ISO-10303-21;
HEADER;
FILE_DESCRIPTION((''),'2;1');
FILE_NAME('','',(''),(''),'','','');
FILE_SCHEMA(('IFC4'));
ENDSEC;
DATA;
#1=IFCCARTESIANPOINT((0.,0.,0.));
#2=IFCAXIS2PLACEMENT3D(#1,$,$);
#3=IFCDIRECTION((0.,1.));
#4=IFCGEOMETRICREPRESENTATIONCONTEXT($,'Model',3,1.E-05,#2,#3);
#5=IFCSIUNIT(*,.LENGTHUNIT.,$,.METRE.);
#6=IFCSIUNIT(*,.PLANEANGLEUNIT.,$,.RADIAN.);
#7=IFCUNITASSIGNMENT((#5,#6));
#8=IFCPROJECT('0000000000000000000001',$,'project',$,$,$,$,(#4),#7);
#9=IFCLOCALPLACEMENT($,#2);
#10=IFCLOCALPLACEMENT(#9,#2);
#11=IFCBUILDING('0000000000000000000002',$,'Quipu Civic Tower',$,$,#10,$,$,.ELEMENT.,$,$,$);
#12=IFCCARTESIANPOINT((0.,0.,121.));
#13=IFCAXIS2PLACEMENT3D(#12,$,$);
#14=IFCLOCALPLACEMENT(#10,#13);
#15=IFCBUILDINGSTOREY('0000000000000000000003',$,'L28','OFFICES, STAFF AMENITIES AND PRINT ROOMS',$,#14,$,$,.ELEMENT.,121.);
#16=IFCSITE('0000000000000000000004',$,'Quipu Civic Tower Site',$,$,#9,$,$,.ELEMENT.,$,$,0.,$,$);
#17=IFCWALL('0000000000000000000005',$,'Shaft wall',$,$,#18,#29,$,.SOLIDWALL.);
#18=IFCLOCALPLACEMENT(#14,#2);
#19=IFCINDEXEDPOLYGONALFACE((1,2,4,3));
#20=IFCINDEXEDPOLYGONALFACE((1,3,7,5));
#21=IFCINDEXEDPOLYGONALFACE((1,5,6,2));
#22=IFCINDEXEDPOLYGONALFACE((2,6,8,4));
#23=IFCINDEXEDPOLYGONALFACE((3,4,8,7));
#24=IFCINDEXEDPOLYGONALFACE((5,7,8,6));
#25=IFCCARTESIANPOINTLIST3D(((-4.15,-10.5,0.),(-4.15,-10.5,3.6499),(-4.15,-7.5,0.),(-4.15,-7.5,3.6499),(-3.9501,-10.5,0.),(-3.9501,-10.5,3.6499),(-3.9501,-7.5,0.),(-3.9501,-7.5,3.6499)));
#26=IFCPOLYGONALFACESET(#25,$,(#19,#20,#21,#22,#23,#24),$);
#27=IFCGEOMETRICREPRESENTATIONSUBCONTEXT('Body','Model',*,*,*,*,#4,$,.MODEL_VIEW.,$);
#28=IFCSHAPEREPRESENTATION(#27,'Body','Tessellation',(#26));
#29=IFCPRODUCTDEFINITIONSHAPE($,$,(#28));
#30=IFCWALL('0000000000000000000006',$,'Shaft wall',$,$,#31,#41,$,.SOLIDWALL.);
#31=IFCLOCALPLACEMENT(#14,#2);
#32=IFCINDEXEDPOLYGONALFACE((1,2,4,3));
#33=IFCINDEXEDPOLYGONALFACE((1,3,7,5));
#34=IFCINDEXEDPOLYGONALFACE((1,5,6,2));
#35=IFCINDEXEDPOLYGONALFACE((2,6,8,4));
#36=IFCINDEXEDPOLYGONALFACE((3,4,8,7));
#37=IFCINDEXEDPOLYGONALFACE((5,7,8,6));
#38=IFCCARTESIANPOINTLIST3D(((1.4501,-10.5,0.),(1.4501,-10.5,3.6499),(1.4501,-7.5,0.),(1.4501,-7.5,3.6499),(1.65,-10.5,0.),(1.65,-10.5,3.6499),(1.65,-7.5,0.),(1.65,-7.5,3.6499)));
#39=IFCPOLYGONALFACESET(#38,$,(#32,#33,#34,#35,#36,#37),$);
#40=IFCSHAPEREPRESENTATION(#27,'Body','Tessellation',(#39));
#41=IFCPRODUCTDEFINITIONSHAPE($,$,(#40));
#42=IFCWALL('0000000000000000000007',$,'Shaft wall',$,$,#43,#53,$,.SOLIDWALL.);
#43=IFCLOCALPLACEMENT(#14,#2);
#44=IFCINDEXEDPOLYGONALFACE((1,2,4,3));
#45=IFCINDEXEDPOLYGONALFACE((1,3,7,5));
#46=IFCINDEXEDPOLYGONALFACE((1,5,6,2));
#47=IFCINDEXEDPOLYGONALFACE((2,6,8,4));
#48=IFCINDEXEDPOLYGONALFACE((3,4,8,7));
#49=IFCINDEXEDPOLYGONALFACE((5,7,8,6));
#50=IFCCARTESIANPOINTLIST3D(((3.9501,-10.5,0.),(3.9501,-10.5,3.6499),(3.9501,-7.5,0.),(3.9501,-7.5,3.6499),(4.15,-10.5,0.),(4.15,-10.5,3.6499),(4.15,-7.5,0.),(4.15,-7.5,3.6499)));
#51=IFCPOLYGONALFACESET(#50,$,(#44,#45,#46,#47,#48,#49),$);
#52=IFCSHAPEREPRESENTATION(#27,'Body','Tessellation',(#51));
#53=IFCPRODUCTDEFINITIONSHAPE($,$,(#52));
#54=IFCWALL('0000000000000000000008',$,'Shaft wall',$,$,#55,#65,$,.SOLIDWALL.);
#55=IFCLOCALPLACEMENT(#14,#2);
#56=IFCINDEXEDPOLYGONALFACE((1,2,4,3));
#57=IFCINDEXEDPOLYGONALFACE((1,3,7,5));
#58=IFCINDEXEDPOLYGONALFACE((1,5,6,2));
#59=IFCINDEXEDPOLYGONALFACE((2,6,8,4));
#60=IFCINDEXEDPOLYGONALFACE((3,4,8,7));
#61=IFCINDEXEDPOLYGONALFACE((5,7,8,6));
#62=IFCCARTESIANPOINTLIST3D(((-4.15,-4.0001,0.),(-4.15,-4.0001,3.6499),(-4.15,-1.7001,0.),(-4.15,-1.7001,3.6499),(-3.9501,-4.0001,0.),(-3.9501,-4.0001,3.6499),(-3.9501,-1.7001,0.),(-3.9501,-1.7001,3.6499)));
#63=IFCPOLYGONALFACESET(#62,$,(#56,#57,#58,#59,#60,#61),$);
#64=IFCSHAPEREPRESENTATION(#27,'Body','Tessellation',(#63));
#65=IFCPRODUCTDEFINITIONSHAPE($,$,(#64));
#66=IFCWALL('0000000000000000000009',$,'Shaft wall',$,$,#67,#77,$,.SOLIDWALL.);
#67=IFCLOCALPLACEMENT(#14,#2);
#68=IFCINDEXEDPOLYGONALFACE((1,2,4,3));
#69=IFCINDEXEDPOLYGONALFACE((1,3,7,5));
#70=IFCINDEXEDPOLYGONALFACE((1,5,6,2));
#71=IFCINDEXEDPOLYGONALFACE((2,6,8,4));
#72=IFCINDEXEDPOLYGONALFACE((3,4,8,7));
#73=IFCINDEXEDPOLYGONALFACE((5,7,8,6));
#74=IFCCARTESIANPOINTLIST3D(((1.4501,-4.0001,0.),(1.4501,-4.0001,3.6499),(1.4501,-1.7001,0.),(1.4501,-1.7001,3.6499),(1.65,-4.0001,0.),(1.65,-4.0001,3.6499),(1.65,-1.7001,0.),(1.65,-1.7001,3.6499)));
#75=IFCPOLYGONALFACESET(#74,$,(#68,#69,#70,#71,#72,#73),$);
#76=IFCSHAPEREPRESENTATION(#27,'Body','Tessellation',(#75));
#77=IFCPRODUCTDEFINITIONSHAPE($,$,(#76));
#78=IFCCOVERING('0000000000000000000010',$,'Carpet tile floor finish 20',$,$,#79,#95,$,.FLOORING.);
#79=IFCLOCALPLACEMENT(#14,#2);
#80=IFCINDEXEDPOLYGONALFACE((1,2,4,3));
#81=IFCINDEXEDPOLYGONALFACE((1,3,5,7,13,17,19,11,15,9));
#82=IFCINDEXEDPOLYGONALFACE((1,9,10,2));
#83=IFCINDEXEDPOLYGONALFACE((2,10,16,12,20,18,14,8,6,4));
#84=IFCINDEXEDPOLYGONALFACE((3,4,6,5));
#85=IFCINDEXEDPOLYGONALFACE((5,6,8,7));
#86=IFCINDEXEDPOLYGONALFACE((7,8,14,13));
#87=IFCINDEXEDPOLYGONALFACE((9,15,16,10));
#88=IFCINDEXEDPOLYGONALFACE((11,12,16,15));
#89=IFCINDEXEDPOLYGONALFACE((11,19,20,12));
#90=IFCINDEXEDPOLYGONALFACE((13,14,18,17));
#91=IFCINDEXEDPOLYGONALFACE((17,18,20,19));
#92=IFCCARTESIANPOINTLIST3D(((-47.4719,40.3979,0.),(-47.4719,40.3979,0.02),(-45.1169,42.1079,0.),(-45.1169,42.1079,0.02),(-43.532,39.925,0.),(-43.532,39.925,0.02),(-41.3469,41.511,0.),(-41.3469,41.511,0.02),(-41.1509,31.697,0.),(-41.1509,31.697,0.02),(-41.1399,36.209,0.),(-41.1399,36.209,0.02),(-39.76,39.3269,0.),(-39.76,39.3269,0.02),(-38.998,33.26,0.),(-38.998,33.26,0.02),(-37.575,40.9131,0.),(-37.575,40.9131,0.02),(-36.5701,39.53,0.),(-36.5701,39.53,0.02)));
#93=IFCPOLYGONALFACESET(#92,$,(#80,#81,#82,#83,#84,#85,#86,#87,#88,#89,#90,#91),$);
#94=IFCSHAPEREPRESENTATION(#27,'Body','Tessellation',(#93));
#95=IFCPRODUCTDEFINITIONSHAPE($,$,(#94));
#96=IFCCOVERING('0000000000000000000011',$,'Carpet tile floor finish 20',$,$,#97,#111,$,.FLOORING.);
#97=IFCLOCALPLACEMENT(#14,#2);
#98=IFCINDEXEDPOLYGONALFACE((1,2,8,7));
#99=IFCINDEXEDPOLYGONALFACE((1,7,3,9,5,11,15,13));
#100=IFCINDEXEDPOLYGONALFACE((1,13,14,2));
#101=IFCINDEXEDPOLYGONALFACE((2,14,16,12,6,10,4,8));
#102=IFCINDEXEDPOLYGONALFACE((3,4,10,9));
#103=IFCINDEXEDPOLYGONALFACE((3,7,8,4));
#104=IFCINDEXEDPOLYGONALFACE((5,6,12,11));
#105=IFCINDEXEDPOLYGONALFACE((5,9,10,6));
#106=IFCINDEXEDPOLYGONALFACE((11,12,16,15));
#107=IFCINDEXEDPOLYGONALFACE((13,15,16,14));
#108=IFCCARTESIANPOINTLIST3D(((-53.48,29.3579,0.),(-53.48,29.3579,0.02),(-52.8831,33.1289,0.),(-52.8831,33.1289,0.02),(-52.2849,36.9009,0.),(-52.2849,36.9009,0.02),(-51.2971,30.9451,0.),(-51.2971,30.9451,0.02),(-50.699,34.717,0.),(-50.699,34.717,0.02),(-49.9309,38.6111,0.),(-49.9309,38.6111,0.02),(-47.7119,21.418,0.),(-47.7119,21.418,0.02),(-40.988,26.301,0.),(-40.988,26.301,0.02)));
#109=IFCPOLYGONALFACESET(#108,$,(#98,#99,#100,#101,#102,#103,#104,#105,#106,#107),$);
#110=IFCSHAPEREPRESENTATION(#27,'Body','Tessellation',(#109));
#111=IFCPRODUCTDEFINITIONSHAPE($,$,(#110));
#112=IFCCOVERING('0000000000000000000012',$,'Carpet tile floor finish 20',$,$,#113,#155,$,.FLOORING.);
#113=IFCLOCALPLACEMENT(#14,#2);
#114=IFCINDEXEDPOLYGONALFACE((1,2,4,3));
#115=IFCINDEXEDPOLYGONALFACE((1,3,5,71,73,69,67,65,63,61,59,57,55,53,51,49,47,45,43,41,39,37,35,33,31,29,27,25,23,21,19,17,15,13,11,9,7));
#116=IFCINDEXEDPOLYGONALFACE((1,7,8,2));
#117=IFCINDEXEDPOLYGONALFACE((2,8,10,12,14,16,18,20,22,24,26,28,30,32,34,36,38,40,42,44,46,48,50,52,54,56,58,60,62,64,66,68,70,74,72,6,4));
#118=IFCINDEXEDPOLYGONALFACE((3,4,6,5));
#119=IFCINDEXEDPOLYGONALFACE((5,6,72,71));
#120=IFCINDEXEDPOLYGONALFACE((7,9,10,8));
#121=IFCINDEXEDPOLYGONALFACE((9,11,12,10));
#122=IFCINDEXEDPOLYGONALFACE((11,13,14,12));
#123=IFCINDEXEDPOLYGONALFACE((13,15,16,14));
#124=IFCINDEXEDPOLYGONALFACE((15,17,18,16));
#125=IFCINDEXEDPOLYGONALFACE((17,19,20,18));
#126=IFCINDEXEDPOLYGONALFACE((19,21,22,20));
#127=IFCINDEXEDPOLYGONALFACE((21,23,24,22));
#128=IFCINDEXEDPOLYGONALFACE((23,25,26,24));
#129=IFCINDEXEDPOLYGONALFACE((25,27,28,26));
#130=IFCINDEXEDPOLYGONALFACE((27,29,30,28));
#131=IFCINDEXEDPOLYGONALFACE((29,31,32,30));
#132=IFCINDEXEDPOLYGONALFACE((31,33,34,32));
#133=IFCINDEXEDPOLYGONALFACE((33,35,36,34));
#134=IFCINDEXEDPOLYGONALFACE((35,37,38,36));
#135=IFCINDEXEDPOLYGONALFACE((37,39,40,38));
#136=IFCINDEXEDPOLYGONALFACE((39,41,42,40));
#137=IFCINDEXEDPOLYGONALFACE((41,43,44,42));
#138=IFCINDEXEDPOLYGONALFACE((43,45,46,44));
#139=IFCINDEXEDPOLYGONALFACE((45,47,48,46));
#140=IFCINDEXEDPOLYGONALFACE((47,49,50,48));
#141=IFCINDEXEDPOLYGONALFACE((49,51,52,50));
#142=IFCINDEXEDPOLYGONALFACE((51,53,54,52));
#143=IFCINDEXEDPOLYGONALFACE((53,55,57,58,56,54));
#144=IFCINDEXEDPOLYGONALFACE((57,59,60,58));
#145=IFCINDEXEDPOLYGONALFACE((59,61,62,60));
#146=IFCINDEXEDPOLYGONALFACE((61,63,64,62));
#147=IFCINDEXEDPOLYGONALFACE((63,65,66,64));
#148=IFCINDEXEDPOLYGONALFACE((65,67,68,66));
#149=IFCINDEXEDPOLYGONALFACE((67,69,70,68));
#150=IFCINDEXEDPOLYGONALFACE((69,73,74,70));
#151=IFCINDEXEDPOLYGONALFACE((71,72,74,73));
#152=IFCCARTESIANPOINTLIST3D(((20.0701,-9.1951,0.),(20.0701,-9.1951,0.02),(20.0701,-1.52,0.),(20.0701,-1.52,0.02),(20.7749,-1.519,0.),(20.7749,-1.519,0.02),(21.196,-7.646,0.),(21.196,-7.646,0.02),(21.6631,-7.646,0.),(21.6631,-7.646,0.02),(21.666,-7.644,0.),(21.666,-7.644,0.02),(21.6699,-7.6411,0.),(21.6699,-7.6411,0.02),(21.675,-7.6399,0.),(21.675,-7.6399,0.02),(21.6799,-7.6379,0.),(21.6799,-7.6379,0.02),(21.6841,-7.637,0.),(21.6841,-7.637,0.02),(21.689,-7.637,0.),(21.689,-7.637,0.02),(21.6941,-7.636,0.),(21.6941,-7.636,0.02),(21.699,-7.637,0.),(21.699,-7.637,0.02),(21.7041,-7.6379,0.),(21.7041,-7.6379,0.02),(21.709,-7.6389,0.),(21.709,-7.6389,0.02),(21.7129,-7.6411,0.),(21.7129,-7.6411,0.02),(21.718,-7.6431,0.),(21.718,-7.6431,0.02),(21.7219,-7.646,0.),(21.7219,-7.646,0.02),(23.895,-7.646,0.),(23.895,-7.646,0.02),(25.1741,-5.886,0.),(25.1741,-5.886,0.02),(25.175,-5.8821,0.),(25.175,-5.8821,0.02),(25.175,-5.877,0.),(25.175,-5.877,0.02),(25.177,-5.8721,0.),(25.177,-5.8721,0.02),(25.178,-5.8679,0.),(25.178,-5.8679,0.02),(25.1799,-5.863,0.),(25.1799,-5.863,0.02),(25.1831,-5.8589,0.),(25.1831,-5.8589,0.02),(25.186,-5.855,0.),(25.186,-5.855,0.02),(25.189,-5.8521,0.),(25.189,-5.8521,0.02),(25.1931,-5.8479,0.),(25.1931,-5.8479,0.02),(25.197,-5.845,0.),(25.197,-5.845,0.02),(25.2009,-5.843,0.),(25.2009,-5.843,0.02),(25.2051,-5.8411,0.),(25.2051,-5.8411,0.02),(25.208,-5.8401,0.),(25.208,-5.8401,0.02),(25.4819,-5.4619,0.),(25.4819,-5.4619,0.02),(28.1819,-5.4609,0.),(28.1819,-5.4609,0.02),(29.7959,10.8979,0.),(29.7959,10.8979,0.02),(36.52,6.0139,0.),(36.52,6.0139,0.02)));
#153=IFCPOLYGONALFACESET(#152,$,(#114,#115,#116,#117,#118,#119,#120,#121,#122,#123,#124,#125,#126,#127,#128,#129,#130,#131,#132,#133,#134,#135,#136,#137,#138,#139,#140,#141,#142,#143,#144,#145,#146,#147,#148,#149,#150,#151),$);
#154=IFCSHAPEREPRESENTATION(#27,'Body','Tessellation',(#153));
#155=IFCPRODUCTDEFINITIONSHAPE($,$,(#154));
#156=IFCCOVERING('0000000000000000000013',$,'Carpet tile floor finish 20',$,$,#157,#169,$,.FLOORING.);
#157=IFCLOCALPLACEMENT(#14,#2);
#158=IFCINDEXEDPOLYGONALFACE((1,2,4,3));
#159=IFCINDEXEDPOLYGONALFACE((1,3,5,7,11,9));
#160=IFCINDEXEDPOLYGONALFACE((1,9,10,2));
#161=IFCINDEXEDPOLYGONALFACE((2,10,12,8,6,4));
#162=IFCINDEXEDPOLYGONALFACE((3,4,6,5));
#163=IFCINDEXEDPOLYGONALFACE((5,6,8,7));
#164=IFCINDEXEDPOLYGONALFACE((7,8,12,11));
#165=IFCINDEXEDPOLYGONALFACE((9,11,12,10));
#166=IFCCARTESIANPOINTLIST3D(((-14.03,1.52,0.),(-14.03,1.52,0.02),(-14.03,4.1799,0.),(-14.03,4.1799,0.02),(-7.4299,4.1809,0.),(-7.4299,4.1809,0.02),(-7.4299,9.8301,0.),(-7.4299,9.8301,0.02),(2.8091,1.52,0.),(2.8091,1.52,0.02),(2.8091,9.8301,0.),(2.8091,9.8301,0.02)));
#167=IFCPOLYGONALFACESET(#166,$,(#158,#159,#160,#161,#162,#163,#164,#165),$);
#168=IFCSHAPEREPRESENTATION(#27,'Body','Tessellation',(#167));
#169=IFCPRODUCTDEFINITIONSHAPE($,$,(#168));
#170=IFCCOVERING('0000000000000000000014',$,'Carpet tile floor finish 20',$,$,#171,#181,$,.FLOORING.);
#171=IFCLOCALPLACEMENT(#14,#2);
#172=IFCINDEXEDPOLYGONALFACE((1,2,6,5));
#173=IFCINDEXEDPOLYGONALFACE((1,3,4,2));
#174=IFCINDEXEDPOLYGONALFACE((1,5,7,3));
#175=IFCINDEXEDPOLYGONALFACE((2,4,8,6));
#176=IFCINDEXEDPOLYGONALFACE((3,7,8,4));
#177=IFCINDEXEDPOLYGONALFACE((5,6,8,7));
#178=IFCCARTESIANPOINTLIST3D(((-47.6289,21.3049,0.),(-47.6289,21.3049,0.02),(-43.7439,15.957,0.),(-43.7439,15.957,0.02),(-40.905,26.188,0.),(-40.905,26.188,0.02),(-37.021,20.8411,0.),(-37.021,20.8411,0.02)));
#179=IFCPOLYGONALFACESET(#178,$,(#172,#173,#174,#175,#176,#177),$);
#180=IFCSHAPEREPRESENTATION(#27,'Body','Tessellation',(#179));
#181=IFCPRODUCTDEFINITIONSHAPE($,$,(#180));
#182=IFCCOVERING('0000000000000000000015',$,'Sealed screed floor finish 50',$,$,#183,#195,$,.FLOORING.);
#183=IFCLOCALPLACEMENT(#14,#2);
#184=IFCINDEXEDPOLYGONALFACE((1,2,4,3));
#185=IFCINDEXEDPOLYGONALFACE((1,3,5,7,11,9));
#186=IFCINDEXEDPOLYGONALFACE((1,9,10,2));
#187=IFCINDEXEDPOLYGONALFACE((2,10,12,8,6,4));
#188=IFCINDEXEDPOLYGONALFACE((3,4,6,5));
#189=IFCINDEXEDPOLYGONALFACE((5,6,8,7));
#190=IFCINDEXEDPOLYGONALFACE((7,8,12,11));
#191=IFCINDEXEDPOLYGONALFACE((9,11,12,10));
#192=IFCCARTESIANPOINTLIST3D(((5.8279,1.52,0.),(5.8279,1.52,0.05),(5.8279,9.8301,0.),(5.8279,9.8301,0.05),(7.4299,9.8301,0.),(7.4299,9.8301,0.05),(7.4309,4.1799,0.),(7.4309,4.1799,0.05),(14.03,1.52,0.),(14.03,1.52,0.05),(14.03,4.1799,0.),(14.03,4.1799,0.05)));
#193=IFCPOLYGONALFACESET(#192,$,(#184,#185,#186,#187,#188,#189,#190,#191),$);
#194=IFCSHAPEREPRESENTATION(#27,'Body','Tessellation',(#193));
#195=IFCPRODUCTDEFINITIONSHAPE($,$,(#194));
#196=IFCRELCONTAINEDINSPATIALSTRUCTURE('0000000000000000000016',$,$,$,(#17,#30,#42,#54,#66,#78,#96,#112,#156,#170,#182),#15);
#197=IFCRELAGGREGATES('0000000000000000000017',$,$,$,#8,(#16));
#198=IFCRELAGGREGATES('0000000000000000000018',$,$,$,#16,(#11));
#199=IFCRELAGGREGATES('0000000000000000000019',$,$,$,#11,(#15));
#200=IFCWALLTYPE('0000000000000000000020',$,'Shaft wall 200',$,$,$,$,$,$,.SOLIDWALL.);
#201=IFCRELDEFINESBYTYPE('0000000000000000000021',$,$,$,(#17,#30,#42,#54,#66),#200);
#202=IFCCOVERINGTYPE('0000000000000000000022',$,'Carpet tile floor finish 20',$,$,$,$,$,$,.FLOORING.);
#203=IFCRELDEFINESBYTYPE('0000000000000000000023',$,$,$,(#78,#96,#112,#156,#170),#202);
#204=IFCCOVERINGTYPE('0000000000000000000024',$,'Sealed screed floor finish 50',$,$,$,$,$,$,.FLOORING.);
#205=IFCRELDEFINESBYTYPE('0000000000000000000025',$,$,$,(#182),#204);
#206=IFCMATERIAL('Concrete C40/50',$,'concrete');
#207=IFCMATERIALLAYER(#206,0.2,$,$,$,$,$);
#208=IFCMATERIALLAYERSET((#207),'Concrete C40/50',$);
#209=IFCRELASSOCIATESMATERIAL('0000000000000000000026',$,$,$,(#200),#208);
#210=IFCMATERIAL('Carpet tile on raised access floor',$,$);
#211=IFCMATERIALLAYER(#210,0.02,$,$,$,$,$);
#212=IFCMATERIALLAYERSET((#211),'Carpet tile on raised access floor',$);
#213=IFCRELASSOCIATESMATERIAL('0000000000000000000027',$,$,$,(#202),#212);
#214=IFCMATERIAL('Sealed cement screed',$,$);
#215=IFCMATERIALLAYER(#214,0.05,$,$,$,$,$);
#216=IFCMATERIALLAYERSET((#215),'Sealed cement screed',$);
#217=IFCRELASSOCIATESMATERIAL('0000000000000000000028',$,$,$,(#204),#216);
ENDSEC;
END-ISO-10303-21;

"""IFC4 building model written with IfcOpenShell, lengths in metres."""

from ifc_helpers import new_model, si_unit, direction, frame, frame_2d, origin, place, context, subcontext, project, spatial, polyline, rectangle, outline, extrude, material, layer, layer_set, type_object, element, save


model = new_model("IFC4")

# Units and contexts
model_context = context("Model", 3, precision=1e-05, world=origin(), true_north=direction((0.0, 1.0)))
body_context = subcontext(model_context, "Body", "Model", "MODEL_VIEW")
ifc_project = project(units=[si_unit("LENGTHUNIT", "METRE"), si_unit("PLANEANGLEUNIT", "RADIAN")], contexts=[model_context])

# Site, building, storey
site_placement = place(None, origin())
site = spatial("IfcSite", under=ifc_project, at=site_placement, Name="Quipu Civic Tower Site", CompositionType="ELEMENT", RefElevation=0.0)
building_placement = place(site_placement, origin())
building = spatial("IfcBuilding", under=site, at=building_placement, Name="Quipu Civic Tower", CompositionType="ELEMENT")
storey_placement = place(building_placement, frame((0.0, 0.0, 121.0)))
storey = spatial("IfcBuildingStorey", under=building, at=storey_placement, Name="L28", Description="OFFICES, STAFF AMENITIES AND PRINT ROOMS", CompositionType="ELEMENT", Elevation=121.0)

# Walls
ifc_material_1 = material(Name="Concrete C40/50", Category="concrete")
ifc_layer_1 = layer(ifc_material_1, 0.2)
ifc_layer_set_1 = layer_set([ifc_layer_1], Name="Concrete C40/50")
wall_type_1 = type_object("IfcWallType", Name="Shaft wall 200", PredefinedType="SOLIDWALL", material=ifc_layer_set_1)
for number, where, z_axis, x_axis, name in (
    (1, (-4.05, -10.5, 0.0), (0.0, 0.0, 1.0), (0.0, 1.0, 0.0), "Shaft wall"),
    (2, (1.55, -10.5, 0.0), (0.0, 0.0, 1.0), (0.0, 1.0, 0.0), "Shaft wall"),
    (3, (4.05, -10.5, 0.0), (0.0, 0.0, 1.0), (0.0, 1.0, 0.0), "Shaft wall"),
):
    element("IfcWall", number, at=place(storey_placement, frame(where, z_axis=z_axis, x_axis=x_axis)), inside=storey, type_object=wall_type_1, Name=name, PredefinedType="SOLIDWALL", context=body_context, shape_type="SweptSolid", body=[
        extrude(rectangle(XDim=3.0, YDim=0.2, at=frame_2d((1.5, 0.0))), origin(), (0.0, 0.0, 1.0), 3.6499),
    ])
for number, where, z_axis, x_axis, name in (
    (4, (-4.05, -4.0, 0.0), (0.0, 0.0, 1.0), (0.0, 1.0, 0.0), "Shaft wall"),
    (5, (1.55, -4.0, 0.0), (0.0, 0.0, 1.0), (0.0, 1.0, 0.0), "Shaft wall"),
):
    element("IfcWall", number, at=place(storey_placement, frame(where, z_axis=z_axis, x_axis=x_axis)), inside=storey, type_object=wall_type_1, Name=name, PredefinedType="SOLIDWALL", context=body_context, shape_type="SweptSolid", body=[
        extrude(rectangle(XDim=2.3, YDim=0.2, at=frame_2d((1.1499, 0.0))), origin(), (0.0, 0.0, 1.0), 3.6499),
    ])

# Coverings
ifc_material_2 = material(Name="Carpet tile on raised access floor")
ifc_layer_2 = layer(ifc_material_2, 0.02)
ifc_layer_set_2 = layer_set([ifc_layer_2], Name="Carpet tile on raised access floor")
covering_type_1 = type_object("IfcCoveringType", Name="Carpet tile floor finish 20", PredefinedType="FLOORING", material=ifc_layer_set_2)
covering_1_placement = place(storey_placement, origin())
element("IfcCovering", 6, at=covering_1_placement, inside=storey, type_object=covering_type_1, Name="Carpet tile floor finish 20", PredefinedType="FLOORING", context=body_context, shape_type="SweptSolid", body=[
    extrude(outline(polyline([(-47.4719, 40.3979), (-45.1169, 42.1079), (-43.532, 39.925), (-41.3469, 41.511), (-39.76, 39.3269), (-37.575, 40.9131), (-36.5701, 39.53), (-41.1399, 36.209), (-38.998, 33.26), (-41.1509, 31.697), (-47.4719, 40.3979)])), origin(), (0.0, 0.0, 1.0), 0.02),
])
covering_2_placement = place(storey_placement, origin())
element("IfcCovering", 7, at=covering_2_placement, inside=storey, type_object=covering_type_1, Name="Carpet tile floor finish 20", PredefinedType="FLOORING", context=body_context, shape_type="SweptSolid", body=[
    extrude(outline(polyline([(-53.48, 29.3579), (-51.2971, 30.9451), (-52.8831, 33.1289), (-50.699, 34.717), (-52.2849, 36.9009), (-49.9309, 38.6111), (-40.988, 26.301), (-47.7119, 21.418), (-53.48, 29.3579)])), origin(), (0.0, 0.0, 1.0), 0.02),
])
covering_3_placement = place(storey_placement, origin())
element("IfcCovering", 8, at=covering_3_placement, inside=storey, type_object=covering_type_1, Name="Carpet tile floor finish 20", PredefinedType="FLOORING", context=body_context, shape_type="SweptSolid", body=[
    extrude(outline(polyline([(20.0701, -9.1951), (20.0701, -1.52), (20.7749, -1.519), (29.7959, 10.8979), (36.52, 6.0139), (28.1819, -5.4609), (25.4819, -5.4619), (25.208, -5.8401), (25.2051, -5.8411), (25.2009, -5.843), (25.197, -5.845), (25.1931, -5.8479), (25.189, -5.8521), (25.186, -5.855), (25.1831, -5.8589), (25.1799, -5.863), (25.178, -5.8679), (25.177, -5.8721), (25.175, -5.877), (25.175, -5.8821), (25.1741, -5.886), (23.895, -7.646), (21.7219, -7.646), (21.7219, -7.646), (21.718, -7.6431), (21.7129, -7.6411), (21.709, -7.6389), (21.7041, -7.6379), (21.699, -7.637), (21.6941, -7.636), (21.689, -7.637), (21.6841, -7.637), (21.6799, -7.6379), (21.675, -7.6399), (21.6699, -7.6411), (21.666, -7.644), (21.6631, -7.646), (21.196, -7.646), (20.0701, -9.1951)])), origin(), (0.0, 0.0, 1.0), 0.02),
])
covering_4_placement = place(storey_placement, origin())
element("IfcCovering", 9, at=covering_4_placement, inside=storey, type_object=covering_type_1, Name="Carpet tile floor finish 20", PredefinedType="FLOORING", context=body_context, shape_type="SweptSolid", body=[
    extrude(outline(polyline([(-14.03, 1.52), (-14.03, 4.1799), (-7.4299, 4.1809), (-7.4299, 9.8301), (2.8091, 9.8301), (2.8091, 1.52), (-14.03, 1.52)])), origin(), (0.0, 0.0, 1.0), 0.02),
])
covering_5_placement = place(storey_placement, origin())
element("IfcCovering", 10, at=covering_5_placement, inside=storey, type_object=covering_type_1, Name="Carpet tile floor finish 20", PredefinedType="FLOORING", context=body_context, shape_type="SweptSolid", body=[
    extrude(outline(polyline([(-47.6289, 21.3049), (-40.905, 26.188), (-37.021, 20.8411), (-43.7439, 15.957), (-47.6289, 21.3049)])), origin(), (0.0, 0.0, 1.0), 0.02),
])
ifc_material_3 = material(Name="Sealed cement screed")
ifc_layer_3 = layer(ifc_material_3, 0.05)
ifc_layer_set_3 = layer_set([ifc_layer_3], Name="Sealed cement screed")
covering_type_2 = type_object("IfcCoveringType", Name="Sealed screed floor finish 50", PredefinedType="FLOORING", material=ifc_layer_set_3)
covering_6_placement = place(storey_placement, origin())
element("IfcCovering", 11, at=covering_6_placement, inside=storey, type_object=covering_type_2, Name="Sealed screed floor finish 50", PredefinedType="FLOORING", context=body_context, shape_type="SweptSolid", body=[
    extrude(outline(polyline([(5.8279, 1.52), (5.8279, 9.8301), (7.4299, 9.8301), (7.4309, 4.1799), (14.03, 4.1799), (14.03, 1.52), (5.8279, 1.52)])), origin(), (0.0, 0.0, 1.0), 0.05),
])

save(model, "model.ifc")
